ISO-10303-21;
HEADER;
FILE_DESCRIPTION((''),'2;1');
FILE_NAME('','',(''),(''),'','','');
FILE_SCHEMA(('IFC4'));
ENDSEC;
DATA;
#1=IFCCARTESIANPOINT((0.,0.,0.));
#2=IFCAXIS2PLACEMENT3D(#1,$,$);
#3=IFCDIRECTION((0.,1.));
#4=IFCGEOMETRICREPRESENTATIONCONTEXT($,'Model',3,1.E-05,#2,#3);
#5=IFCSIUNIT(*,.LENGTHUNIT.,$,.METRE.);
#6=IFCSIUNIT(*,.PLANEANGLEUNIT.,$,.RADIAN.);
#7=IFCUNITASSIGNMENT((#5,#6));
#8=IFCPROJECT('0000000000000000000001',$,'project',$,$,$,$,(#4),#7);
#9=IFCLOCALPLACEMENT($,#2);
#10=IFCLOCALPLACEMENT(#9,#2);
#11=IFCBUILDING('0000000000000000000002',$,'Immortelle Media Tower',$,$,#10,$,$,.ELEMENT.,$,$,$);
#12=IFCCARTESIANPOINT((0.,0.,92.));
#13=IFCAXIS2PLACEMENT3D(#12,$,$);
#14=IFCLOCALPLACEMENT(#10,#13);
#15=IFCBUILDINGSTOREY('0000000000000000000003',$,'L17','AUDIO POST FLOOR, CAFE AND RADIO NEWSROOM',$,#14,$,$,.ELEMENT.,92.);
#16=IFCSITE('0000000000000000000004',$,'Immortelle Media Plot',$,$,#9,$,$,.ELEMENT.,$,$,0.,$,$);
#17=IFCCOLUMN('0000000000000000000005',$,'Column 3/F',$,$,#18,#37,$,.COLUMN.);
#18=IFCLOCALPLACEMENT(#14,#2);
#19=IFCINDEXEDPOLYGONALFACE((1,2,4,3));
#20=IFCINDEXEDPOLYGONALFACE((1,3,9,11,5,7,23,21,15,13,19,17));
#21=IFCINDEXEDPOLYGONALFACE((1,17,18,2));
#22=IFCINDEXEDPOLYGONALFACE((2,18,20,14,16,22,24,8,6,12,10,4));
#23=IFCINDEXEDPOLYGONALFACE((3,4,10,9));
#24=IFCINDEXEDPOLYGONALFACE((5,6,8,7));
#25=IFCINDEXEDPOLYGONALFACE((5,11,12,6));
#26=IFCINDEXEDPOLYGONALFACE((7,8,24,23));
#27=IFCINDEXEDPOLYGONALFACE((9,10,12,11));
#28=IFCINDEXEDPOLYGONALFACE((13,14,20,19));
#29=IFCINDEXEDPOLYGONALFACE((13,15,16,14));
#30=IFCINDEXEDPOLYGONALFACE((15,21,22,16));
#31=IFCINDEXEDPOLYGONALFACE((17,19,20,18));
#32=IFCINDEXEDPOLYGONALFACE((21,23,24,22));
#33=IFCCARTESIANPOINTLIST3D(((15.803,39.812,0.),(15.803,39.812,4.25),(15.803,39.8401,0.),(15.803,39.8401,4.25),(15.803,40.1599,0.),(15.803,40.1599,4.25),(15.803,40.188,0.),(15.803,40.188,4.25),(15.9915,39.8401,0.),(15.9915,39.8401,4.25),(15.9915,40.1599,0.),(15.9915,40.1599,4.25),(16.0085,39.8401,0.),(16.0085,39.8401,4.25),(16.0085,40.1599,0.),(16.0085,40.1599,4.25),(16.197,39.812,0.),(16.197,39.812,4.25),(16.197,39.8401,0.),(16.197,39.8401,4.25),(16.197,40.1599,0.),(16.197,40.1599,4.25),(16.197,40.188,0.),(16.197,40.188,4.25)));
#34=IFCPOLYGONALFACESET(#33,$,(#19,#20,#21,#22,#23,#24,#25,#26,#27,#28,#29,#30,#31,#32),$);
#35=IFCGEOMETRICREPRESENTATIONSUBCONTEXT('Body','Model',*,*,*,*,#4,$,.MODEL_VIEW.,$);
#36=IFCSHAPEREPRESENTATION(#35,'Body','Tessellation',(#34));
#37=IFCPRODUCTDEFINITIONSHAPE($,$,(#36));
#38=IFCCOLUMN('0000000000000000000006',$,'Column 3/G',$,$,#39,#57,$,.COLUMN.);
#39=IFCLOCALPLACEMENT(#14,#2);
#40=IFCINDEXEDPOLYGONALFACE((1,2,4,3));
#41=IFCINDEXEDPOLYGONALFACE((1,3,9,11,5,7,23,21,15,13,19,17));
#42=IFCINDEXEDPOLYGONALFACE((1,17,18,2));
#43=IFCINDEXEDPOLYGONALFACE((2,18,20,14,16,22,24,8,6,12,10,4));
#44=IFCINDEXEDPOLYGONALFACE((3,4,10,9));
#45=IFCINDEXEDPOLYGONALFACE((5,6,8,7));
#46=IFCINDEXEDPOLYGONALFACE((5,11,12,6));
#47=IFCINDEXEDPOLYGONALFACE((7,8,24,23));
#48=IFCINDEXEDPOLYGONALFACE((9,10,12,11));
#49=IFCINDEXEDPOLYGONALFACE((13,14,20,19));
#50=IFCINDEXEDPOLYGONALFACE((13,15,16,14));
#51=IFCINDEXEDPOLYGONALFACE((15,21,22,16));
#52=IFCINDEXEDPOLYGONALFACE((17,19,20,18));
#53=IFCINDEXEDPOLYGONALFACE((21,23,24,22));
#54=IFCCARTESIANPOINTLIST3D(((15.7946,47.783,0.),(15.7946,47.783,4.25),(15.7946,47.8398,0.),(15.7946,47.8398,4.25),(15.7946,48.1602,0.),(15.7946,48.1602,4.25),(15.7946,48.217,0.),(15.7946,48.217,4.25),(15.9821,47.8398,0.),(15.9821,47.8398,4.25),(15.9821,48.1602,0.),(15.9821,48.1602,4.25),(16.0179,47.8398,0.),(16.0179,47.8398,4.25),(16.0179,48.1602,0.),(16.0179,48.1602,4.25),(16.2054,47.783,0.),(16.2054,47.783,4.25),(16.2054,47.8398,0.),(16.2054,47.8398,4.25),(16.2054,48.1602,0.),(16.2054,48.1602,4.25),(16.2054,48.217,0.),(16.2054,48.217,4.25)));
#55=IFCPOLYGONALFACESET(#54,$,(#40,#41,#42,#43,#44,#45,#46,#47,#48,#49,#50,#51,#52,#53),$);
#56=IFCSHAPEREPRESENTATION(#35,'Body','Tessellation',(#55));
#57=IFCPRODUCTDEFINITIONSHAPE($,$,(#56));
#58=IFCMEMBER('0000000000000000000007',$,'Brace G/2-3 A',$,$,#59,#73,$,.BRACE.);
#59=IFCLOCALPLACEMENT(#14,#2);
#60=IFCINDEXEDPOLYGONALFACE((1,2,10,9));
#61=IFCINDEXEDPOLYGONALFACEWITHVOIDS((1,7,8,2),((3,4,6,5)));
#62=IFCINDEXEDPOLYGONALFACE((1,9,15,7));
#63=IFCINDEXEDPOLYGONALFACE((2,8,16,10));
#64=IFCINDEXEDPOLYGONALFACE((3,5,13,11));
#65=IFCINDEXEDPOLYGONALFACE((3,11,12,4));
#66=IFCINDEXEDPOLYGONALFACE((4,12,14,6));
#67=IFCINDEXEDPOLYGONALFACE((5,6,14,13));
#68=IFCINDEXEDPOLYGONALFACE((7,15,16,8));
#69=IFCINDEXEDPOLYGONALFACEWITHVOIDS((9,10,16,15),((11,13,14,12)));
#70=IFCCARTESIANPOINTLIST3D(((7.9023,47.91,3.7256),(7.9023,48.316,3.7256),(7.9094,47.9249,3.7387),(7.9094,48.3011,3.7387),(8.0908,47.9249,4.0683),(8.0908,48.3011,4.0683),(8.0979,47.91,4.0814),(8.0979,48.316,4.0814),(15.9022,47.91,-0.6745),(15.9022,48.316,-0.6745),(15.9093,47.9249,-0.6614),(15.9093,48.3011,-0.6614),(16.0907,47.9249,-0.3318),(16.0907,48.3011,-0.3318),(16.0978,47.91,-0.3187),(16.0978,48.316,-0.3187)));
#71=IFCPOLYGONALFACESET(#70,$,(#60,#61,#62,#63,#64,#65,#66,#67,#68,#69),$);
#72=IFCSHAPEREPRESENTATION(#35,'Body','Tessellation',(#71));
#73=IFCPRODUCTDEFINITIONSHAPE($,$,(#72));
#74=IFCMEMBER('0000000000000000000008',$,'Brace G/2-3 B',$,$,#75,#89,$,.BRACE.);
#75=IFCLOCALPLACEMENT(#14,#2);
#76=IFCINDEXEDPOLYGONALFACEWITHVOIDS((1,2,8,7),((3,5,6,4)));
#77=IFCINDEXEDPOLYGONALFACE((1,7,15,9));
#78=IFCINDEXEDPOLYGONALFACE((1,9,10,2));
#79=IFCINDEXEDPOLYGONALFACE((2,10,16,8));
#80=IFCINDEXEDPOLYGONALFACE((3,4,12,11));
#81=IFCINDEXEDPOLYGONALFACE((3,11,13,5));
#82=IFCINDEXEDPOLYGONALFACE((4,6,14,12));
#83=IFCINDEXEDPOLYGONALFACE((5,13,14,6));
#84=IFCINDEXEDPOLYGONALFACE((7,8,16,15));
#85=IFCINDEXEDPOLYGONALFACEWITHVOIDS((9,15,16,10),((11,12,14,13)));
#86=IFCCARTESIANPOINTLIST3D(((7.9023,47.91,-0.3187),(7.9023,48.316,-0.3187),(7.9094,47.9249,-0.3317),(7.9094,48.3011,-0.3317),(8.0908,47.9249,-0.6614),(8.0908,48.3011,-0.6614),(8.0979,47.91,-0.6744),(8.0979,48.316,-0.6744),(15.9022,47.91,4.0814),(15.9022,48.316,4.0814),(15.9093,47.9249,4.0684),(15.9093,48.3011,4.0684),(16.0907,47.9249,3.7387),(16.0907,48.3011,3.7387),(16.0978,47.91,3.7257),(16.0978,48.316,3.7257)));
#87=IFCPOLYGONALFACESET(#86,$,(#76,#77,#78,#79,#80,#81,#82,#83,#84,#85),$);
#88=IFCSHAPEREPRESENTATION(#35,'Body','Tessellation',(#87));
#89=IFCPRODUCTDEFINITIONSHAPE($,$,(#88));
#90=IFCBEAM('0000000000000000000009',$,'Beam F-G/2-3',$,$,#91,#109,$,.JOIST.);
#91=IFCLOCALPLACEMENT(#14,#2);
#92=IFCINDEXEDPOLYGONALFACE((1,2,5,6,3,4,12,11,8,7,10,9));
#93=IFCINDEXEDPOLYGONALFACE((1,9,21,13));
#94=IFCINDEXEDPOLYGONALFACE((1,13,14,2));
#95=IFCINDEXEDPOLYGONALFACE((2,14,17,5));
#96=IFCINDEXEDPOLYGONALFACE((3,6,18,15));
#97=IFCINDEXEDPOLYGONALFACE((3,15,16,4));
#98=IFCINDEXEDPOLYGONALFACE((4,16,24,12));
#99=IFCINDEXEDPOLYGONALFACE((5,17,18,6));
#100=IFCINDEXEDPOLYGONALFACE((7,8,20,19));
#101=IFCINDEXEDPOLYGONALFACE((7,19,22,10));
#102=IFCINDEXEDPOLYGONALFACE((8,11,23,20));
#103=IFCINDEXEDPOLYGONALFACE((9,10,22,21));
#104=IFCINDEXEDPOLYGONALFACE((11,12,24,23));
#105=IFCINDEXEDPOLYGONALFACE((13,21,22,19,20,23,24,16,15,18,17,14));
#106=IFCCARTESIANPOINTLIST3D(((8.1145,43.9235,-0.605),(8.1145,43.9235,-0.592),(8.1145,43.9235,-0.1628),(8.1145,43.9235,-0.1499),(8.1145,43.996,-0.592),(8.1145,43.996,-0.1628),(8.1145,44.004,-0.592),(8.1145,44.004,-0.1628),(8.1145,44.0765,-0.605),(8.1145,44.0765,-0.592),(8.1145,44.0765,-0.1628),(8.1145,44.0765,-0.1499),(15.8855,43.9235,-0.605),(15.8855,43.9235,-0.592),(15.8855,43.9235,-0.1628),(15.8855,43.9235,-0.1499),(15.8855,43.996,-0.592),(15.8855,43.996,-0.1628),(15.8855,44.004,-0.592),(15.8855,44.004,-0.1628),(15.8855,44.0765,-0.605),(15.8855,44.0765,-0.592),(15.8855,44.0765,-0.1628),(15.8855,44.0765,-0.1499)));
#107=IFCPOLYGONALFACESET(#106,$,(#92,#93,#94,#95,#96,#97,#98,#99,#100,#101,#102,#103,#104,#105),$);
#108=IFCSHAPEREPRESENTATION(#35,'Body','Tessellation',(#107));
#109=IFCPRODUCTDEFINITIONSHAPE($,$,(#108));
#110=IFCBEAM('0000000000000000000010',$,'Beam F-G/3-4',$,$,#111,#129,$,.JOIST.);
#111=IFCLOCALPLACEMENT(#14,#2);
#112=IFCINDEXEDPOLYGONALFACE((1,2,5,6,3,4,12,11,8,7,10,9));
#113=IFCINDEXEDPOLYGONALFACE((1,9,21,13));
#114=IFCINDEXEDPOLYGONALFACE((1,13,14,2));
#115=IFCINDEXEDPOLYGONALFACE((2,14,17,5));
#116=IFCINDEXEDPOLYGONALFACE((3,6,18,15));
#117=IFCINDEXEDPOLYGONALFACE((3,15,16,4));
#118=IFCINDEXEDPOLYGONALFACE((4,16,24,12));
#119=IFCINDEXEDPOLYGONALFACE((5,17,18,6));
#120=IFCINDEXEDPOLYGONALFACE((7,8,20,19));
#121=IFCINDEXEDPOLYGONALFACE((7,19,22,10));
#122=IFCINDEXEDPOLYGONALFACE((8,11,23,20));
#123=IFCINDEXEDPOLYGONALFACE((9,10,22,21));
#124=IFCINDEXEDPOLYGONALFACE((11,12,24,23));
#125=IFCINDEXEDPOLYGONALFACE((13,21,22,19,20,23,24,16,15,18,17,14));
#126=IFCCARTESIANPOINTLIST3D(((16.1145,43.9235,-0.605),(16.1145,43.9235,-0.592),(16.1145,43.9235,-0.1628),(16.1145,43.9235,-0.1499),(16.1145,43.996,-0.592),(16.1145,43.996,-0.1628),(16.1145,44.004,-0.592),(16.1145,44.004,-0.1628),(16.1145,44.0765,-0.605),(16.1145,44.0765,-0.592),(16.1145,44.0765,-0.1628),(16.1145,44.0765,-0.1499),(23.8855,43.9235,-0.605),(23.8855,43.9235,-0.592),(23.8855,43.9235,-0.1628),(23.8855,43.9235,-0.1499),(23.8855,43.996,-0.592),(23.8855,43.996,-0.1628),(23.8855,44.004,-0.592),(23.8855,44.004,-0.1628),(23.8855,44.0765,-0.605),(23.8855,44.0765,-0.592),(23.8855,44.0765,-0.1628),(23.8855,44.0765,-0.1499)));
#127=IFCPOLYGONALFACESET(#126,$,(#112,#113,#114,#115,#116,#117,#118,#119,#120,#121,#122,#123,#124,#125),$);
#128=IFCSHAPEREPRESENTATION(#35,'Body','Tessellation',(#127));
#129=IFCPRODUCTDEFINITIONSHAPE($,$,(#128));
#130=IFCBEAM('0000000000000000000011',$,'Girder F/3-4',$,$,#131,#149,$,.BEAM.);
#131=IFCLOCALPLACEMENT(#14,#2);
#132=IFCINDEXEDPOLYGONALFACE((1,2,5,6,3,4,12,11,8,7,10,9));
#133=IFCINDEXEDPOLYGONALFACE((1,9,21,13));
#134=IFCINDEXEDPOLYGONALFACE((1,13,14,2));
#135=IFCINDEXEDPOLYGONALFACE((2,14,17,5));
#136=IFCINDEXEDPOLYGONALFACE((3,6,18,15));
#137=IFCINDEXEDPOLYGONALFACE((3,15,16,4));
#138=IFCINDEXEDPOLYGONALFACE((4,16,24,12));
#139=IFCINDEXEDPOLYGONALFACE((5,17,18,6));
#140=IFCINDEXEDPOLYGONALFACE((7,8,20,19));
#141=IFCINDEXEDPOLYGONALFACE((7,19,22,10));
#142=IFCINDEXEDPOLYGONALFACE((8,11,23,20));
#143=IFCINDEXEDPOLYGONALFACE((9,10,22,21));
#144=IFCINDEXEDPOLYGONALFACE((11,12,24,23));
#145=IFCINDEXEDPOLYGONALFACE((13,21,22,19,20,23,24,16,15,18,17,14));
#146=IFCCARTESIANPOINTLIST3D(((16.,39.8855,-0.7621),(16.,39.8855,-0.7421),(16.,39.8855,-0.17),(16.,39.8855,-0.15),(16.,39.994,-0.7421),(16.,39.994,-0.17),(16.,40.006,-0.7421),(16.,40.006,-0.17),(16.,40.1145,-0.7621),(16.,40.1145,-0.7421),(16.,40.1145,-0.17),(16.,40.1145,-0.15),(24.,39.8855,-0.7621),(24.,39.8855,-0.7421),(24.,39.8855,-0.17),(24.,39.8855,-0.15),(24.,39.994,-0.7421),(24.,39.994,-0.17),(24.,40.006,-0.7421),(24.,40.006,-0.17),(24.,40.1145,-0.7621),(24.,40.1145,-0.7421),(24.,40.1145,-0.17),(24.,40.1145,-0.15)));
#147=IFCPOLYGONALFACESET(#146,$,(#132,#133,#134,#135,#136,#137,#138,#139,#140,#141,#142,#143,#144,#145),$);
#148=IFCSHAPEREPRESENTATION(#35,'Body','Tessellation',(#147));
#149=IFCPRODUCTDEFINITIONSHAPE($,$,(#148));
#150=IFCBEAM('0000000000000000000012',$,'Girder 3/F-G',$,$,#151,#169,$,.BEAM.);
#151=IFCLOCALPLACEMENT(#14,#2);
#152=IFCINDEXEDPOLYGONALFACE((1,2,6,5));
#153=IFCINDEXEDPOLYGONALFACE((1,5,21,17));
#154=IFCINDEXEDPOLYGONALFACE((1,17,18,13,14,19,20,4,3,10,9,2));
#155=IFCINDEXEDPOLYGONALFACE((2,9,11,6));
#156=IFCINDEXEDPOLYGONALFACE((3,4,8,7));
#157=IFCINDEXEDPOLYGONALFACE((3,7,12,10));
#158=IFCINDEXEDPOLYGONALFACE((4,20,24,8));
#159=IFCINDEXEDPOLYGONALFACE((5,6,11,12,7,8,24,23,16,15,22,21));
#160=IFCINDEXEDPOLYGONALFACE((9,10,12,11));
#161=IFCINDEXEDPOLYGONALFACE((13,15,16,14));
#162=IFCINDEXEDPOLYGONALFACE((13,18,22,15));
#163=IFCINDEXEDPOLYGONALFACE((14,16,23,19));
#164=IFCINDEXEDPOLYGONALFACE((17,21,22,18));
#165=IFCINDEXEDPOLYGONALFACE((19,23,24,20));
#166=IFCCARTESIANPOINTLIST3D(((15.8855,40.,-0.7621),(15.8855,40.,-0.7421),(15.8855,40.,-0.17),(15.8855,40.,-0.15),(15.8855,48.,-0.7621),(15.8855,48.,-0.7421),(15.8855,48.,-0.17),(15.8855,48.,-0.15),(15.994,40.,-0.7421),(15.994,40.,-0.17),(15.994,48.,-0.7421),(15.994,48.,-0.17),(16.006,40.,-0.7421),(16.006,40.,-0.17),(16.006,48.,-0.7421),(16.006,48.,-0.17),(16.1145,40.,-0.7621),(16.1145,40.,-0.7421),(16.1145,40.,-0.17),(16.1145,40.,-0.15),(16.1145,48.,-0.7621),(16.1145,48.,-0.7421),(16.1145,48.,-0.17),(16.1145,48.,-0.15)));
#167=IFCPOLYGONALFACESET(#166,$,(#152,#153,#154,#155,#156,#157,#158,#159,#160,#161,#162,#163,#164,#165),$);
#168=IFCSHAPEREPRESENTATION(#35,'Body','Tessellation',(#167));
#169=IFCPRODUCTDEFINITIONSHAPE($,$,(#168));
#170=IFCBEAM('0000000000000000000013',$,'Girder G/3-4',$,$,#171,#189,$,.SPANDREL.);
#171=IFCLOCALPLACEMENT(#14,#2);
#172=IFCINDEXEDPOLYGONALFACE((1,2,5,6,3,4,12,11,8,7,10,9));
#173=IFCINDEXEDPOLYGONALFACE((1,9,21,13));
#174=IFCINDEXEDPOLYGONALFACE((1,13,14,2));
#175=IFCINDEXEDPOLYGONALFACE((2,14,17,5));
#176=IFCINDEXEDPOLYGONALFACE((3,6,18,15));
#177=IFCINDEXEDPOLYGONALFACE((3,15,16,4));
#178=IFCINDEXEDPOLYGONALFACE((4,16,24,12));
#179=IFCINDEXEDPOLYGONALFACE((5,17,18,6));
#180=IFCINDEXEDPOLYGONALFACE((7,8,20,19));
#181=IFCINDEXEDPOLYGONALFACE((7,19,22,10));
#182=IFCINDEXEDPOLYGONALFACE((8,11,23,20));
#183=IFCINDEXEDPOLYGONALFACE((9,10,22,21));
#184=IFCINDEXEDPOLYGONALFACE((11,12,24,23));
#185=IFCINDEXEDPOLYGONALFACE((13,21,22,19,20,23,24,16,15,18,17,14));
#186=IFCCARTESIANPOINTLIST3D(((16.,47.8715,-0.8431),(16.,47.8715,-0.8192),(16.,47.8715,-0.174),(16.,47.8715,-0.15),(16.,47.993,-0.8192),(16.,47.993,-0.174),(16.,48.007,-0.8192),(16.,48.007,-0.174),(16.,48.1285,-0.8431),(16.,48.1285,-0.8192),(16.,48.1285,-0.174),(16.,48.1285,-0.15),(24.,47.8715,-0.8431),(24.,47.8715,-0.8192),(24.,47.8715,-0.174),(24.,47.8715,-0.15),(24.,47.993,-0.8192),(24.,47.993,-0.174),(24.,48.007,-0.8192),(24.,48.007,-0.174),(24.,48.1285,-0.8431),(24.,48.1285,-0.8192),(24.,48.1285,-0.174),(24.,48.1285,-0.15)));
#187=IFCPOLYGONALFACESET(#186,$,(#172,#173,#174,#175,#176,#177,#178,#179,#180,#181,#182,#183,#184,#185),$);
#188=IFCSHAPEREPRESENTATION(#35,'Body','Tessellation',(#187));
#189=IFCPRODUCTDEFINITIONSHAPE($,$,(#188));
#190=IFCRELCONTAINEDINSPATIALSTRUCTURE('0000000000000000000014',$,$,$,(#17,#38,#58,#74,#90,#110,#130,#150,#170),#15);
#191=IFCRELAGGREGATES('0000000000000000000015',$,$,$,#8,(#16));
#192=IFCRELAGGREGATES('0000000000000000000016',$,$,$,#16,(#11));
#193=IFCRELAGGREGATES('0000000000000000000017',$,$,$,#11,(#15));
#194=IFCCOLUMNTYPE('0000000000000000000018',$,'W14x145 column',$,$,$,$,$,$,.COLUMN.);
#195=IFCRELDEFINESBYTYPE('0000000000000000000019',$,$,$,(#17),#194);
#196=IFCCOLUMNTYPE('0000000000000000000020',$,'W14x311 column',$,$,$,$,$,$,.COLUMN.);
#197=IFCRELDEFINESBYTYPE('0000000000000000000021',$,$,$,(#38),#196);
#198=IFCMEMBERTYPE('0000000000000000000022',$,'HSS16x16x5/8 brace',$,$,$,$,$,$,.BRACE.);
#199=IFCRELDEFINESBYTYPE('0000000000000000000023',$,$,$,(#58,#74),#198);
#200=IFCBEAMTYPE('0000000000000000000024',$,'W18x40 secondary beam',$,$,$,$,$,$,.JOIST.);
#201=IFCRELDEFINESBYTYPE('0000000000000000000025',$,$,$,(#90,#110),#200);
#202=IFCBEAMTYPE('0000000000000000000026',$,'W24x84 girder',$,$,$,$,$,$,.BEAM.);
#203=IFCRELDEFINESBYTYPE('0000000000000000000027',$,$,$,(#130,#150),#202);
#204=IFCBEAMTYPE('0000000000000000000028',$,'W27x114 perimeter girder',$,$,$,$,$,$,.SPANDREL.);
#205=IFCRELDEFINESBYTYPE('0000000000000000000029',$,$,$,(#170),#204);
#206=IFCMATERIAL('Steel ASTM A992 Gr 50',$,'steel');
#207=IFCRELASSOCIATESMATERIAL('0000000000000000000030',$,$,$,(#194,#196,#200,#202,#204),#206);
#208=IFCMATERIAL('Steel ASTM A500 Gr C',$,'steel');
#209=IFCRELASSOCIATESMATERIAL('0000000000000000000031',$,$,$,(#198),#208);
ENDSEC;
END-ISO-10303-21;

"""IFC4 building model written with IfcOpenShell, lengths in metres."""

from ifc_helpers import new_model, si_unit, direction, frame, origin, origin_2d, place, context, subcontext, project, spatial, hollow_rectangle, i_section, extrude, material, material_profile, profile_set, type_object, element, save


model = new_model("IFC4")

# Units and contexts
model_context = context("Model", 3, precision=1e-05, world=origin(), true_north=direction((0.0, 1.0)))
body_context = subcontext(model_context, "Body", "Model", "MODEL_VIEW")
ifc_project = project(units=[si_unit("LENGTHUNIT", "METRE"), si_unit("PLANEANGLEUNIT", "RADIAN")], contexts=[model_context])

# Site, building, storey
site_placement = place(None, origin())
site = spatial("IfcSite", under=ifc_project, at=site_placement, Name="Immortelle Media Plot", CompositionType="ELEMENT", RefElevation=0.0)
building_placement = place(site_placement, origin())
building = spatial("IfcBuilding", under=site, at=building_placement, Name="Immortelle Media Tower", CompositionType="ELEMENT")
storey_placement = place(building_placement, frame((0.0, 0.0, 92.0)))
storey = spatial("IfcBuildingStorey", under=building, at=storey_placement, Name="L17", Description="AUDIO POST FLOOR, CAFE AND RADIO NEWSROOM", CompositionType="ELEMENT", Elevation=92.0)

# Columns
ifc_material_1 = material(Name="Steel ASTM A992 Gr 50", Category="steel")
ifc_material_profile_1 = material_profile(ifc_material_1, i_section(OverallWidth=0.394, OverallDepth=0.376, WebThickness=0.0171, FlangeThickness=0.0281, at=origin_2d()), Name="W14x145")
ifc_profile_set_1 = profile_set([ifc_material_profile_1], Name="Steel ASTM A992 Gr 50")
column_type_1 = type_object("IfcColumnType", Name="W14x145 column", PredefinedType="COLUMN", material=ifc_profile_set_1)
column_1_placement = place(storey_placement, frame((16.0, 40.0, 0.0), z_axis=(0.0, 0.0, 1.0), x_axis=(1.0, 0.0, 0.0)))
element("IfcColumn", 1, at=column_1_placement, inside=storey, type_object=column_type_1, Name="Column 3/F", PredefinedType="COLUMN", context=body_context, shape_type="SweptSolid", body=[
    extrude(i_section(OverallWidth=0.394, OverallDepth=0.376, WebThickness=0.0171, FlangeThickness=0.0281, at=origin_2d()), origin(), (0.0, 0.0, 1.0), 4.25),
])
ifc_material_profile_2 = material_profile(ifc_material_1, i_section(OverallWidth=0.4109, OverallDepth=0.4341, WebThickness=0.0359, FlangeThickness=0.0569, at=origin_2d()), Name="W14x311")
ifc_profile_set_2 = profile_set([ifc_material_profile_2], Name="Steel ASTM A992 Gr 50")
column_type_2 = type_object("IfcColumnType", Name="W14x311 column", PredefinedType="COLUMN", material=ifc_profile_set_2)
column_2_placement = place(storey_placement, frame((16.0, 48.0, 0.0), z_axis=(0.0, 0.0, 1.0), x_axis=(1.0, 0.0, 0.0)))
element("IfcColumn", 2, at=column_2_placement, inside=storey, type_object=column_type_2, Name="Column 3/G", PredefinedType="COLUMN", context=body_context, shape_type="SweptSolid", body=[
    extrude(i_section(OverallWidth=0.4109, OverallDepth=0.4341, WebThickness=0.0359, FlangeThickness=0.0569, at=origin_2d()), origin(), (0.0, 0.0, 1.0), 4.25),
])

# Members
ifc_material_2 = material(Name="Steel ASTM A500 Gr C", Category="steel")
ifc_material_profile_3 = material_profile(ifc_material_2, hollow_rectangle(XDim=0.406, YDim=0.406, WallThickness=0.0149, at=origin_2d()), Name="HSS16x16x5/8 brace")
ifc_profile_set_3 = profile_set([ifc_material_profile_3], Name="Steel ASTM A500 Gr C")
member_type = type_object("IfcMemberType", Name="HSS16x16x5/8 brace", PredefinedType="BRACE", material=ifc_profile_set_3)
for number, where, z_axis, x_axis, name in (
    (3, (16.0, 48.113, -0.4966), (-0.876209, 0.0, 0.481931), (0.0, -1.0, 0.0), "Brace G/2-3 A"),
    (4, (16.0, 48.113, 3.9036), (-0.876209, 0.0, -0.481931), (0.0, -1.0, 0.0), "Brace G/2-3 B"),
):
    element("IfcMember", number, at=place(storey_placement, frame(where, z_axis=z_axis, x_axis=x_axis)), inside=storey, type_object=member_type, Name=name, PredefinedType="BRACE", context=body_context, shape_type="SweptSolid", body=[
        extrude(hollow_rectangle(XDim=0.406, YDim=0.406, WallThickness=0.0149, at=origin_2d()), origin(), (0.0, 0.0, 1.0), 9.1301),
    ])

# Beams
ifc_material_profile_4 = material_profile(ifc_material_1, i_section(OverallWidth=0.1531, OverallDepth=0.4551, WebThickness=0.0081, FlangeThickness=0.0129, at=origin_2d()), Name="W18x40")
ifc_profile_set_4 = profile_set([ifc_material_profile_4], Name="Steel ASTM A992 Gr 50")
beam_type_1 = type_object("IfcBeamType", Name="W18x40 secondary beam", PredefinedType="JOIST", material=ifc_profile_set_4)
for number, where, z_axis, x_axis, name in (
    (5, (8.1145, 44.0, -0.3774), (1.0, 0.0, 0.0), (0.0, 1.0, 0.0), "Beam F-G/2-3"),
    (6, (16.1145, 44.0, -0.3774), (1.0, 0.0, 0.0), (0.0, 1.0, 0.0), "Beam F-G/3-4"),
):
    element("IfcBeam", number, at=place(storey_placement, frame(where, z_axis=z_axis, x_axis=x_axis)), inside=storey, type_object=beam_type_1, Name=name, PredefinedType="JOIST", context=body_context, shape_type="SweptSolid", body=[
        extrude(i_section(OverallWidth=0.1531, OverallDepth=0.4551, WebThickness=0.0081, FlangeThickness=0.0129, at=origin_2d()), origin(), (0.0, 0.0, 1.0), 7.771),
    ])
ifc_material_profile_5 = material_profile(ifc_material_1, i_section(OverallWidth=0.229, OverallDepth=0.6121, WebThickness=0.012, FlangeThickness=0.02, at=origin_2d()), Name="W24x84")
ifc_profile_set_5 = profile_set([ifc_material_profile_5], Name="Steel ASTM A992 Gr 50")
beam_type_2 = type_object("IfcBeamType", Name="W24x84 girder", PredefinedType="BEAM", material=ifc_profile_set_5)
for number, where, z_axis, x_axis, name in (
    (7, (16.0, 40.0, -0.4561), (1.0, 0.0, 0.0), (0.0, 1.0, 0.0), "Girder F/3-4"),
    (8, (16.0, 40.0, -0.4561), (0.0, 1.0, 0.0), (-1.0, 0.0, 0.0), "Girder 3/F-G"),
):
    element("IfcBeam", number, at=place(storey_placement, frame(where, z_axis=z_axis, x_axis=x_axis)), inside=storey, type_object=beam_type_2, Name=name, PredefinedType="BEAM", context=body_context, shape_type="SweptSolid", body=[
        extrude(i_section(OverallWidth=0.229, OverallDepth=0.6121, WebThickness=0.012, FlangeThickness=0.02, at=origin_2d()), origin(), (0.0, 0.0, 1.0), 8.0),
    ])
ifc_material_profile_6 = material_profile(ifc_material_1, i_section(OverallWidth=0.2571, OverallDepth=0.6931, WebThickness=0.0139, FlangeThickness=0.0239, at=origin_2d()), Name="W27x114")
ifc_profile_set_6 = profile_set([ifc_material_profile_6], Name="Steel ASTM A992 Gr 50")
beam_type_3 = type_object("IfcBeamType", Name="W27x114 perimeter girder", PredefinedType="SPANDREL", material=ifc_profile_set_6)
beam_placement = place(storey_placement, frame((16.0, 48.0, -0.4966), z_axis=(1.0, 0.0, 0.0), x_axis=(0.0, 1.0, 0.0)))
element("IfcBeam", 9, at=beam_placement, inside=storey, type_object=beam_type_3, Name="Girder G/3-4", PredefinedType="SPANDREL", context=body_context, shape_type="SweptSolid", body=[
    extrude(i_section(OverallWidth=0.2571, OverallDepth=0.6931, WebThickness=0.0139, FlangeThickness=0.0239, at=origin_2d()), origin(), (0.0, 0.0, 1.0), 8.0),
])

save(model, "model.ifc")
